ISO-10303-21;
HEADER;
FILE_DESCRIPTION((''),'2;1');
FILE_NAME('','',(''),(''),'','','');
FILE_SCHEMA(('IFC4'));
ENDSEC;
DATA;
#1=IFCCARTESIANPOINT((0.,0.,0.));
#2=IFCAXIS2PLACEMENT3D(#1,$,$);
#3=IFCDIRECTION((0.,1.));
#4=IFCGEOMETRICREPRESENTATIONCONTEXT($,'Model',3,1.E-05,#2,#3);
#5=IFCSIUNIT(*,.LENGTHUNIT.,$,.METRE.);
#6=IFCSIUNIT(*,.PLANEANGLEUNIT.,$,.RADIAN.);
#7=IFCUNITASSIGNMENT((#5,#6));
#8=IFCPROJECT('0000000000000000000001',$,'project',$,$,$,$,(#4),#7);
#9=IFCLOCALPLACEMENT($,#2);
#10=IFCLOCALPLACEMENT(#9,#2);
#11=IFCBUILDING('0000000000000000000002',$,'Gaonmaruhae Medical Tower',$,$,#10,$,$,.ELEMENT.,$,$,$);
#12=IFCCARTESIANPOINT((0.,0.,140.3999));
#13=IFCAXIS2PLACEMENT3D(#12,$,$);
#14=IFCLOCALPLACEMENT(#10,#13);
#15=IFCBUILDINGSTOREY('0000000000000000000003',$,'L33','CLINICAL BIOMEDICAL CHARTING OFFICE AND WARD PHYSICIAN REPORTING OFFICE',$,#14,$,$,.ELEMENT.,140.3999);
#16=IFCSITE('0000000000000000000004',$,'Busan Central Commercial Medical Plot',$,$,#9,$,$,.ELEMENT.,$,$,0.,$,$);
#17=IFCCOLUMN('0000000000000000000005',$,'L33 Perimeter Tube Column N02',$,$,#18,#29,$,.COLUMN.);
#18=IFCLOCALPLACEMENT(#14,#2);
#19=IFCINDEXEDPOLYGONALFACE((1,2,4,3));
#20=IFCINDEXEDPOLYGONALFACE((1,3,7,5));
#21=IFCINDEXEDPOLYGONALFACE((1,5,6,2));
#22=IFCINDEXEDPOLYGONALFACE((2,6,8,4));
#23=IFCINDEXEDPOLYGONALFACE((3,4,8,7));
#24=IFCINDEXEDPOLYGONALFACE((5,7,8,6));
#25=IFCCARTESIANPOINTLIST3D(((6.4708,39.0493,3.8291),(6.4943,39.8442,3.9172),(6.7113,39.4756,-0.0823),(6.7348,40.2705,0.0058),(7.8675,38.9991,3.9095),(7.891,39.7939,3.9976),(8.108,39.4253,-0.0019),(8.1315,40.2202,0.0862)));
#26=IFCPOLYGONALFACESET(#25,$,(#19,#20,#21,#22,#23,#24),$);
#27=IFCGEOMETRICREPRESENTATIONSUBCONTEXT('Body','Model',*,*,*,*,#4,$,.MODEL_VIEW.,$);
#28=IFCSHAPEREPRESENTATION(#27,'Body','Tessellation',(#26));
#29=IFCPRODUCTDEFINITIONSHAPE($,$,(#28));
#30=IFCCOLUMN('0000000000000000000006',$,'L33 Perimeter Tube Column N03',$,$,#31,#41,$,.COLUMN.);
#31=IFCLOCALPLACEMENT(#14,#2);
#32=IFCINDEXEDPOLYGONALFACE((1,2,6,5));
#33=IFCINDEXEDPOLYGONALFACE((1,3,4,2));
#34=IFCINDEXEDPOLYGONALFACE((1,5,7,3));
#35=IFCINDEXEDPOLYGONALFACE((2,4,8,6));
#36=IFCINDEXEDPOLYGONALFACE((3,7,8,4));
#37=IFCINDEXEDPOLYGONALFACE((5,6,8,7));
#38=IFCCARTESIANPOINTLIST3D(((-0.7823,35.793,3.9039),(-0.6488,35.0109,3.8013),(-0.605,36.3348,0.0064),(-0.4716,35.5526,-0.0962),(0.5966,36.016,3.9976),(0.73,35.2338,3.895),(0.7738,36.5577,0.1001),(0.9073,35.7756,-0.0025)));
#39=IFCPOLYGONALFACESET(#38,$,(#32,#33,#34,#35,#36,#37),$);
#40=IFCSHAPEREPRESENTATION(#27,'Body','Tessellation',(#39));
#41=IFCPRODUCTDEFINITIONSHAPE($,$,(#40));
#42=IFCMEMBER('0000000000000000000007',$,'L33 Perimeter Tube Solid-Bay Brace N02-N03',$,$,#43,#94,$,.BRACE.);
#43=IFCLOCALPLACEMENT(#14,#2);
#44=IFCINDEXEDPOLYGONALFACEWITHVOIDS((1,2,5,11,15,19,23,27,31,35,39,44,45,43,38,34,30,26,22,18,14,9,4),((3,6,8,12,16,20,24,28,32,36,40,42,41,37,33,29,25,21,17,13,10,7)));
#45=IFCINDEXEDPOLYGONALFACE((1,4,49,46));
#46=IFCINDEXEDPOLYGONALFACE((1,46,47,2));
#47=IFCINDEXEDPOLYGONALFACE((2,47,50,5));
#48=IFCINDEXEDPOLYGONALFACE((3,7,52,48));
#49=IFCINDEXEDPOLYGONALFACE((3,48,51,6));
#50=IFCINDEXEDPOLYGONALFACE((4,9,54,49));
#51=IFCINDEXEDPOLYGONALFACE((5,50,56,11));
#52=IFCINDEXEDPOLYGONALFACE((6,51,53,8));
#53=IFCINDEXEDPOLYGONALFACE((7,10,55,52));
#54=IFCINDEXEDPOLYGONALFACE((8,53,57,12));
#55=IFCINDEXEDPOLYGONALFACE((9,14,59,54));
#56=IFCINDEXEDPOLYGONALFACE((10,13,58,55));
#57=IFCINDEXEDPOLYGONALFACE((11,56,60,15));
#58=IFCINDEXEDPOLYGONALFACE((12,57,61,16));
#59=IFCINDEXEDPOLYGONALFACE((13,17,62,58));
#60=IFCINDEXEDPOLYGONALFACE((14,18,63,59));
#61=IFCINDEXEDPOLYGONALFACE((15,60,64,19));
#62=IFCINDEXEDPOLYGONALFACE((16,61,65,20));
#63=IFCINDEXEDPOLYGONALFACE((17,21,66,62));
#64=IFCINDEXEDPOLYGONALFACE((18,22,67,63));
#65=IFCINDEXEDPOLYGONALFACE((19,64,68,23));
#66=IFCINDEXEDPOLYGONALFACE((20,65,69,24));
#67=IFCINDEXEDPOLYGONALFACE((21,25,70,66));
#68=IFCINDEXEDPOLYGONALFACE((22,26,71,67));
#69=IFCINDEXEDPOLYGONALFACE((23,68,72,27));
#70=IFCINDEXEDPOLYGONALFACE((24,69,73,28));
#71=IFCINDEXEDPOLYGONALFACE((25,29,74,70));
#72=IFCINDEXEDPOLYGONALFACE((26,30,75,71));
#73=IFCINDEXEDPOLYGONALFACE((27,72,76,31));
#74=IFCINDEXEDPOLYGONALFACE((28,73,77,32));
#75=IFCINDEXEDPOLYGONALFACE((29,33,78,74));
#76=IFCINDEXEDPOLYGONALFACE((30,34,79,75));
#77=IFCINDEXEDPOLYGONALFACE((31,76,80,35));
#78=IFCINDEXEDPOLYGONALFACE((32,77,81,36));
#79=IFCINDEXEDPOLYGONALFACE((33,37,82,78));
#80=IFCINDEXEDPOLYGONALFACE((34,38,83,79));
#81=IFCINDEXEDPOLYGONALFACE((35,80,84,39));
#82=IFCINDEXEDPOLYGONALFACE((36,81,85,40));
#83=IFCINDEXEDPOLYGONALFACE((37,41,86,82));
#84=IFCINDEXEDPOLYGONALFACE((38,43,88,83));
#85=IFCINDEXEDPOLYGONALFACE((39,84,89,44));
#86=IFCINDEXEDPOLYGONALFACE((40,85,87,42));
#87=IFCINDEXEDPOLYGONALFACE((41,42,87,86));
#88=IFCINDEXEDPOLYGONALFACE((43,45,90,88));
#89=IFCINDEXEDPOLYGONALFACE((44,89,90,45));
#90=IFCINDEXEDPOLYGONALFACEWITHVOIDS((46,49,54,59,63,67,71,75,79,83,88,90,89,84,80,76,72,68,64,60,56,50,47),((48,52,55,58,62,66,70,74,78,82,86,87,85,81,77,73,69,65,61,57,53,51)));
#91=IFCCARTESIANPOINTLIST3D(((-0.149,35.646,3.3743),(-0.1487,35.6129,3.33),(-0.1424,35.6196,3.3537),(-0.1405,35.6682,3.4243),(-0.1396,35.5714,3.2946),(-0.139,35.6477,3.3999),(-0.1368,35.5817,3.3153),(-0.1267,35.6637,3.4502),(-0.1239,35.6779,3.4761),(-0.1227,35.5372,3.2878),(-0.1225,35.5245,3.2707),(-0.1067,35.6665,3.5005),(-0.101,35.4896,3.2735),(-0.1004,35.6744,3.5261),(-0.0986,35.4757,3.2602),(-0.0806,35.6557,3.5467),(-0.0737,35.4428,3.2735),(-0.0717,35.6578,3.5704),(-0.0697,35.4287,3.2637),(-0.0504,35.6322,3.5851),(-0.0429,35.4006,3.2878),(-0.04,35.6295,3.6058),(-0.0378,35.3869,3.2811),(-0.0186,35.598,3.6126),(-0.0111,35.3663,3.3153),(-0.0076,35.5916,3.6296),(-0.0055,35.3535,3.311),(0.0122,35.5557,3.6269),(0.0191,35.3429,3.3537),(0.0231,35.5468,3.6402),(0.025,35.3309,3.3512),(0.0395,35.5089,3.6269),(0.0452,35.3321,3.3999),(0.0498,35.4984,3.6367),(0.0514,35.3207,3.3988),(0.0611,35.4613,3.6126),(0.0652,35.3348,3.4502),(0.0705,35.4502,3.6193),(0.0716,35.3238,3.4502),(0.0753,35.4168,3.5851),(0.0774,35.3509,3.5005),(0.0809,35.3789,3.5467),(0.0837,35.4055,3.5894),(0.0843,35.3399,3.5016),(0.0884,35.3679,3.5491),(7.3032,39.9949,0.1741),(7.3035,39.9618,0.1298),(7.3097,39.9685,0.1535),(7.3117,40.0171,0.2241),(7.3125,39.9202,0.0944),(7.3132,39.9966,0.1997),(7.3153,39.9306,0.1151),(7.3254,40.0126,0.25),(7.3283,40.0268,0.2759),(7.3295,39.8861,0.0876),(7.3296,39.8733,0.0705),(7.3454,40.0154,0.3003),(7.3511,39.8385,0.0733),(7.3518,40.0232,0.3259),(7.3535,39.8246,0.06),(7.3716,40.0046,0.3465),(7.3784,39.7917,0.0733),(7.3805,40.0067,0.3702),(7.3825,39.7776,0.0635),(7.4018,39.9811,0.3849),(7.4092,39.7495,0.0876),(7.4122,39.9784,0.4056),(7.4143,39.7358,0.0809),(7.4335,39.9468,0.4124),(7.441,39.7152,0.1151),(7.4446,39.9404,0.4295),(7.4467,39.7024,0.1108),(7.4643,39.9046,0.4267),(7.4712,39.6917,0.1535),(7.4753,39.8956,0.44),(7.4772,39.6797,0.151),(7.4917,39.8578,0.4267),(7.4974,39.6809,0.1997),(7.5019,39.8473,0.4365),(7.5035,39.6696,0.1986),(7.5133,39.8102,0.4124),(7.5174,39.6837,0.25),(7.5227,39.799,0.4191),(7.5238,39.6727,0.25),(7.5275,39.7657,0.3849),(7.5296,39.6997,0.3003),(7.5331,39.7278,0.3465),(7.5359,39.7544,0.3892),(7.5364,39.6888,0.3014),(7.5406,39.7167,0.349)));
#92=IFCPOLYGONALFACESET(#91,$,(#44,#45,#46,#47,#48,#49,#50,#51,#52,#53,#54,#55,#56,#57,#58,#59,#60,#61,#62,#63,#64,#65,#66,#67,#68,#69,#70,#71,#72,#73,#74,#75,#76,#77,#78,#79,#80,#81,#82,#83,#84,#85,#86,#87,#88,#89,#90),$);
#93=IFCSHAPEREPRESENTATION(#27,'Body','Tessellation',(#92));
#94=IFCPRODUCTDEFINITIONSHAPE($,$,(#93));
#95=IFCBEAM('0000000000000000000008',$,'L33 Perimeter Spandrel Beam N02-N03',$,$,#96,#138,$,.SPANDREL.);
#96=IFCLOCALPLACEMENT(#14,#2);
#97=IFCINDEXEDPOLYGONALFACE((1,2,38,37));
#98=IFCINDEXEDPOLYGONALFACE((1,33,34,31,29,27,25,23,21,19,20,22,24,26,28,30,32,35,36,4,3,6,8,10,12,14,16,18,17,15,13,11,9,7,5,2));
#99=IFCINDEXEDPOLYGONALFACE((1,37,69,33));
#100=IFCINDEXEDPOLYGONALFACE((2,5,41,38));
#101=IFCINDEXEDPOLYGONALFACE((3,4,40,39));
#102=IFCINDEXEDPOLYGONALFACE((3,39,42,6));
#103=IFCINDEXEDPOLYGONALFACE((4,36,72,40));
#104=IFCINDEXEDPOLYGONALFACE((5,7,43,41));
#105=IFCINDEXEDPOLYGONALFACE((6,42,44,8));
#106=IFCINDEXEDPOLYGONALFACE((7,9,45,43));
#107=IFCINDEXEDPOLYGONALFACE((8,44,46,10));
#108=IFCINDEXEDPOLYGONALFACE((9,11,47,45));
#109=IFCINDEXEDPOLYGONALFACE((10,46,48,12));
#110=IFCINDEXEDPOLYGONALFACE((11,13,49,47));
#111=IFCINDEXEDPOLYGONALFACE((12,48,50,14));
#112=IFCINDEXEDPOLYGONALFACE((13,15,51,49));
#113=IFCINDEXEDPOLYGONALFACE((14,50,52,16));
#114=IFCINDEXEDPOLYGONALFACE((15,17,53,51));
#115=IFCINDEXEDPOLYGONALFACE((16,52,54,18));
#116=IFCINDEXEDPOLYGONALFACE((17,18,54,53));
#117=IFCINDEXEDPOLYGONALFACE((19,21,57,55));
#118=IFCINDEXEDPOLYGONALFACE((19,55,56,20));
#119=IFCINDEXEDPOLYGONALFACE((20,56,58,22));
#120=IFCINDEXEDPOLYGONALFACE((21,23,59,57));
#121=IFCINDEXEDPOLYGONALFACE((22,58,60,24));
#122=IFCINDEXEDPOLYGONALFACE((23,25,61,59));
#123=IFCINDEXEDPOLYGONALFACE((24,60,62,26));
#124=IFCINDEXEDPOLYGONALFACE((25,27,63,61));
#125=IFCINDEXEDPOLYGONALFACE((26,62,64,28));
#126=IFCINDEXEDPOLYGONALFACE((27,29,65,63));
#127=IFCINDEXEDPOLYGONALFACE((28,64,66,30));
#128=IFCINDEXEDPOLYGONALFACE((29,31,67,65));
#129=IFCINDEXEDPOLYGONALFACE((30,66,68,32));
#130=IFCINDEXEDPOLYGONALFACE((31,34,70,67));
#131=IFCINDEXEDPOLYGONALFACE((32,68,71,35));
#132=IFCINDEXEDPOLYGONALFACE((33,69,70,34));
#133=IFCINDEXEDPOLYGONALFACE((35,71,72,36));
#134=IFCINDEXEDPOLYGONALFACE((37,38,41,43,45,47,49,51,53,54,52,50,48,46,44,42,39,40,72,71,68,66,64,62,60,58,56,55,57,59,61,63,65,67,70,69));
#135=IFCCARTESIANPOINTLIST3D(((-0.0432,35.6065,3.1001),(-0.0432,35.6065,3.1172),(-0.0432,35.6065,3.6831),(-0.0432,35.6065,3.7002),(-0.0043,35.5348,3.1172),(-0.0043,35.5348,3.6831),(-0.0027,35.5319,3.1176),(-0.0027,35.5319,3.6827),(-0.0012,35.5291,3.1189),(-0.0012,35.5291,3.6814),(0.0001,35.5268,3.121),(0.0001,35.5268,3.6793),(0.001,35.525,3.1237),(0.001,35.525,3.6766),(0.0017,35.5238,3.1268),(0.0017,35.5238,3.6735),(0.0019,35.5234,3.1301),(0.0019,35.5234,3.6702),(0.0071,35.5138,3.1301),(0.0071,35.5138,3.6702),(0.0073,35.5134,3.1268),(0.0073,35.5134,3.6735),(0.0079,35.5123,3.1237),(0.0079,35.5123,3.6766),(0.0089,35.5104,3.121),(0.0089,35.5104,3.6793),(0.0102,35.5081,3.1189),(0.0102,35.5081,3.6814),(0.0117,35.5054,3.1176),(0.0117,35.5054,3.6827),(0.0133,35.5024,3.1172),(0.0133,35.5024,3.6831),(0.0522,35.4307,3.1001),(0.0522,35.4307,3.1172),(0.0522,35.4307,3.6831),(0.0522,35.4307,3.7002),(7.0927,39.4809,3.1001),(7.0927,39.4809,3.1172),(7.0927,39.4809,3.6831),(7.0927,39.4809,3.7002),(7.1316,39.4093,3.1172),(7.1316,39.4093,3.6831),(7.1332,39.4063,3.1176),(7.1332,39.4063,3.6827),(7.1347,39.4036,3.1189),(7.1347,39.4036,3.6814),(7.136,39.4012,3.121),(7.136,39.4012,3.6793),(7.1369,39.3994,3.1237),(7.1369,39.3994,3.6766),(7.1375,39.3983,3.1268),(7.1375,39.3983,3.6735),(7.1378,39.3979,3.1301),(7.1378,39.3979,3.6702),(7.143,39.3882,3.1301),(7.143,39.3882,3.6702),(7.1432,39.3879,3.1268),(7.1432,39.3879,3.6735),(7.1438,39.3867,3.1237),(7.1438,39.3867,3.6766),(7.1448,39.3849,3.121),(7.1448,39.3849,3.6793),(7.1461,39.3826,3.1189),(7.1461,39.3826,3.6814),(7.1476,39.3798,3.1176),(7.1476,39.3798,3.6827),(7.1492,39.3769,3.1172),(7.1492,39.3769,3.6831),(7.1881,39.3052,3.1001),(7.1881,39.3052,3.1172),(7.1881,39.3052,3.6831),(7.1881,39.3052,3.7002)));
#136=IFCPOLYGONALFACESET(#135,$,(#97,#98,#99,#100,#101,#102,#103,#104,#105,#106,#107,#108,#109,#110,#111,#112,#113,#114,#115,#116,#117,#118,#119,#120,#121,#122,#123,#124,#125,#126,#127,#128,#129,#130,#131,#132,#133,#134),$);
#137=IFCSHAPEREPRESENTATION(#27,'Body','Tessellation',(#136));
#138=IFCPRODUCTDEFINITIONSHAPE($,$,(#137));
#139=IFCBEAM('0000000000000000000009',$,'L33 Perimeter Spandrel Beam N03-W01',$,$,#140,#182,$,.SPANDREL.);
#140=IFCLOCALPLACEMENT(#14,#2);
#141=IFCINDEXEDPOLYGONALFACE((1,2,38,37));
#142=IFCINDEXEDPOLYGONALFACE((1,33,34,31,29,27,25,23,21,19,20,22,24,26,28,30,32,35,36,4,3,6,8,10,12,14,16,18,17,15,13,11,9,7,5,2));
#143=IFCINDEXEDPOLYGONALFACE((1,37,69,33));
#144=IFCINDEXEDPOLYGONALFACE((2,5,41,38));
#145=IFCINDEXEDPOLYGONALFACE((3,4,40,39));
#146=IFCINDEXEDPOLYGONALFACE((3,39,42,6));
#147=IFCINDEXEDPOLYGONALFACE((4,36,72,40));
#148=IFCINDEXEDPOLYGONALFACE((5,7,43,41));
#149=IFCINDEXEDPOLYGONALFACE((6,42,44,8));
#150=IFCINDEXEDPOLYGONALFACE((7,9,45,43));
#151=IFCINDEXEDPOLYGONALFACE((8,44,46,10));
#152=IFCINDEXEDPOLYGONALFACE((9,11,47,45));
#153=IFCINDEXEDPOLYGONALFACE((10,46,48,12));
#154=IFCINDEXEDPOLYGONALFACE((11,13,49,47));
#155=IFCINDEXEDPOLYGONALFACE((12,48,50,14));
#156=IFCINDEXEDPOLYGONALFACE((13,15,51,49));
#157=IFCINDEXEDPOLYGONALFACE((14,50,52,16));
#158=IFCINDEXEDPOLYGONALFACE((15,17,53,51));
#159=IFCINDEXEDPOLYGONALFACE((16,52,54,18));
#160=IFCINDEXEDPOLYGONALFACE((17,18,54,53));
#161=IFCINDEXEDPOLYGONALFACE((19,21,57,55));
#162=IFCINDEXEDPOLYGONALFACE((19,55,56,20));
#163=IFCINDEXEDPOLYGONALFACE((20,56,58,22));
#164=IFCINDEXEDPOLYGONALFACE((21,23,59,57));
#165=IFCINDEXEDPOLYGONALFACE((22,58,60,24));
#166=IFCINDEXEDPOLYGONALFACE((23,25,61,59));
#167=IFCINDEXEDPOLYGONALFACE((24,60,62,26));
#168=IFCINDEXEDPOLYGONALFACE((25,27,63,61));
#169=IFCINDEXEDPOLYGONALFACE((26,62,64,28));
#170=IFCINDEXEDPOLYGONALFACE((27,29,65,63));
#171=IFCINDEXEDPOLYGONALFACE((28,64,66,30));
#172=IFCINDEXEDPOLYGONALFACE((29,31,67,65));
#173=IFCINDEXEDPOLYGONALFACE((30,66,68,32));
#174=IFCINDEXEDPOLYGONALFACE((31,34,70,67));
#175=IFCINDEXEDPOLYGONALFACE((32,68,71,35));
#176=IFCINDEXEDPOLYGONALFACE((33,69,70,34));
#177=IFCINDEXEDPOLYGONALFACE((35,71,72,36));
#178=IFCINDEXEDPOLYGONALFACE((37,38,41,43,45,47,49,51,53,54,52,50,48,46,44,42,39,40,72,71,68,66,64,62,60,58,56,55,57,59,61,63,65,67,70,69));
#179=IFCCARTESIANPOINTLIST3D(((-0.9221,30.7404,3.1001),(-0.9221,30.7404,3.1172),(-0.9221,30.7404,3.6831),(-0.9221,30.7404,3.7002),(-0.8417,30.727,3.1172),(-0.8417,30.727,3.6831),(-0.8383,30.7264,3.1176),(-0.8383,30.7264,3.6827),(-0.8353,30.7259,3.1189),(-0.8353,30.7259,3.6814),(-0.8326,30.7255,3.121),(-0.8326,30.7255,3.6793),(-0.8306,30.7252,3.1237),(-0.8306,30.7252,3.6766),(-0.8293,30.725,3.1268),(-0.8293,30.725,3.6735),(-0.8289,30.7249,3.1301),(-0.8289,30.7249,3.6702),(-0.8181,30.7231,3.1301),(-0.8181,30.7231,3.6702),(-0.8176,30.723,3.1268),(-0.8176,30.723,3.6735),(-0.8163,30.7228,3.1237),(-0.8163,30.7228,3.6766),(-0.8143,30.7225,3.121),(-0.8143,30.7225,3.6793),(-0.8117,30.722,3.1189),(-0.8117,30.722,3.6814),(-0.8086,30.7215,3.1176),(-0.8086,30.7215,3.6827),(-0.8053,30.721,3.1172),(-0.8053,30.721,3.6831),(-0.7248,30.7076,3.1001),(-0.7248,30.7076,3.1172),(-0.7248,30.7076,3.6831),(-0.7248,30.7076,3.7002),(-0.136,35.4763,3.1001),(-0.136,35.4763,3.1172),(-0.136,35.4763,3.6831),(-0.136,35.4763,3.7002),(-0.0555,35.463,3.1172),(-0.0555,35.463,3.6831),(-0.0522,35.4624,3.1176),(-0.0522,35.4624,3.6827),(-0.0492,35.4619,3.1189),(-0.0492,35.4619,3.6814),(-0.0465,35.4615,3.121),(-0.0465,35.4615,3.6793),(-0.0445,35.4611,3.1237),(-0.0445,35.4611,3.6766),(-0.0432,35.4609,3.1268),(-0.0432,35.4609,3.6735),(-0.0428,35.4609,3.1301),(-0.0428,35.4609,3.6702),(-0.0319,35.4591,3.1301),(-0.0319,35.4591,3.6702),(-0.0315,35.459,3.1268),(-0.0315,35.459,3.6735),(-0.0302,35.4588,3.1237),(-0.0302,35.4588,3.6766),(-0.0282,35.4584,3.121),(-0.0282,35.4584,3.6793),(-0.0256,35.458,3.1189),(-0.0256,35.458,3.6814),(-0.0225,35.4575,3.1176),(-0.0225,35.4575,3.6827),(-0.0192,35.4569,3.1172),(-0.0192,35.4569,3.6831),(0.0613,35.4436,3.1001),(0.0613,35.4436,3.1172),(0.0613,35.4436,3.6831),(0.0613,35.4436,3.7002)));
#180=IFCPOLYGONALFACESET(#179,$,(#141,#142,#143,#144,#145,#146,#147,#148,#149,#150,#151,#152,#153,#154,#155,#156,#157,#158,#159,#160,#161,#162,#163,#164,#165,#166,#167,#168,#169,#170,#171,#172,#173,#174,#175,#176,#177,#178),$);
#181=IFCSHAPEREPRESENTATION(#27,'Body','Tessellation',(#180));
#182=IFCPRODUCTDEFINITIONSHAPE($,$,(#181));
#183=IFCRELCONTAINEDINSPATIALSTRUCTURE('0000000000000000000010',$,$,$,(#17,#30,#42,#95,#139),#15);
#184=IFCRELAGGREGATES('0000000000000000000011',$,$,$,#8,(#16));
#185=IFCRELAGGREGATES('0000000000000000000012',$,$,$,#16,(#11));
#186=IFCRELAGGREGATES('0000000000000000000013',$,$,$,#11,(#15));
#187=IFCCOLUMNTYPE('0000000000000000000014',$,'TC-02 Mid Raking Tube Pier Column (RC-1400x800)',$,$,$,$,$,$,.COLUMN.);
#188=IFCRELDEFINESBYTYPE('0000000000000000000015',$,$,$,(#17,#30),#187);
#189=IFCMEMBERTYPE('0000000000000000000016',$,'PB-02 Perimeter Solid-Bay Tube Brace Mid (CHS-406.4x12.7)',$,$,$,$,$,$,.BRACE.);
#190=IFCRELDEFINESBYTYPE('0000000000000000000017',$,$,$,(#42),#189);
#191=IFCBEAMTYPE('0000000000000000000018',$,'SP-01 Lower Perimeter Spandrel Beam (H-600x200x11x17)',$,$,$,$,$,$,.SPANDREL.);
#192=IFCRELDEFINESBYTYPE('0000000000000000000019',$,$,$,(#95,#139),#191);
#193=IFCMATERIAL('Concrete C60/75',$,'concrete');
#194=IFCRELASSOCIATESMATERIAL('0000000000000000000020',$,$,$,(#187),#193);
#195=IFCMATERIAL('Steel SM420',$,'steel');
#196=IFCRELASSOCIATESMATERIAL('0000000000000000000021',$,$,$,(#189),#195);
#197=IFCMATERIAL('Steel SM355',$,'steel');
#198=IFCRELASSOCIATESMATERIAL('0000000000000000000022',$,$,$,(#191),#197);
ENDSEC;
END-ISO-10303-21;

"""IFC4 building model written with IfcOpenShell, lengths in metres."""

from ifc_helpers import new_model, si_unit, direction, frame, origin, origin_2d, place, context, subcontext, project, spatial, rectangle, hollow_circle, i_section, extrude, material, material_profile, profile_set, type_object, element, save


model = new_model("IFC4")

# Units and contexts
model_context = context("Model", 3, precision=1e-05, world=origin(), true_north=direction((0.0, 1.0)))
body_context = subcontext(model_context, "Body", "Model", "MODEL_VIEW")
ifc_project = project(units=[si_unit("LENGTHUNIT", "METRE"), si_unit("PLANEANGLEUNIT", "RADIAN")], contexts=[model_context])

# Site, building, storey
site_placement = place(None, origin())
site = spatial("IfcSite", under=ifc_project, at=site_placement, Name="Busan Central Commercial Medical Plot", CompositionType="ELEMENT", RefElevation=0.0)
building_placement = place(site_placement, origin())
building = spatial("IfcBuilding", under=site, at=building_placement, Name="Gaonmaruhae Medical Tower", CompositionType="ELEMENT")
storey_placement = place(building_placement, frame((0.0, 0.0, 140.3999)))
storey = spatial("IfcBuildingStorey", under=building, at=storey_placement, Name="L33", Description="CLINICAL BIOMEDICAL CHARTING OFFICE AND WARD PHYSICIAN REPORTING OFFICE", CompositionType="ELEMENT", Elevation=140.3999)

# Columns
ifc_material_1 = material(Name="Concrete C60/75", Category="concrete")
ifc_material_profile_1 = material_profile(ifc_material_1, rectangle(XDim=1.3999, YDim=0.8, at=origin_2d()), Name="RC-1400x800")
ifc_profile_set_1 = profile_set([ifc_material_profile_1], Name="Concrete C60/75")
column_type = type_object("IfcColumnType", Name="TC-02 Mid Raking Tube Pier Column (RC-1400x800)", PredefinedType="COLUMN", material=ifc_profile_set_1)
column_1_placement = place(storey_placement, frame((7.4214, 39.8479, 0.002), z_axis=(-0.061006, -0.108139, 0.992262), x_axis=(0.997704, -0.035912, 0.057427)))
element("IfcColumn", 1, at=column_1_placement, inside=storey, type_object=column_type, Name="L33 Perimeter Tube Column N02", PredefinedType="COLUMN", context=body_context, shape_type="SweptSolid", body=[
    extrude(rectangle(XDim=1.3999, YDim=0.8, at=origin_2d()), origin(), (0.0, 0.0, 1.0), 3.9419),
])
column_2_placement = place(storey_placement, frame((0.1511, 36.0552, 0.002), z_axis=(-0.044999, -0.137537, 0.989474), x_axis=(0.984963, 0.159271, 0.066932)))
element("IfcColumn", 2, at=column_2_placement, inside=storey, type_object=column_type, Name="L33 Perimeter Tube Column N03", PredefinedType="COLUMN", context=body_context, shape_type="SweptSolid", body=[
    extrude(rectangle(XDim=1.3999, YDim=0.8, at=origin_2d()), origin(), (0.0, 0.0, 1.0), 3.939),
])

# Member
ifc_material_2 = material(Name="Steel SM420", Category="steel")
ifc_material_profile_2 = material_profile(ifc_material_2, hollow_circle(Radius=0.2031, WallThickness=0.0127, at=origin_2d()), Name="CHS-406.4x12.7")
ifc_profile_set_2 = profile_set([ifc_material_profile_2], Name="Steel SM420")
member_type = type_object("IfcMemberType", Name="PB-02 Perimeter Solid-Bay Tube Brace Mid (CHS-406.4x12.7)", PredefinedType="BRACE", material=ifc_profile_set_2)
member_placement = place(storey_placement, frame((7.4214, 39.8481, 0.25), z_axis=(-0.809784, -0.472569, 0.347748), x_axis=(0.504026, -0.863689, 0.0)))
element("IfcMember", 3, at=member_placement, inside=storey, type_object=member_type, Name="L33 Perimeter Tube Solid-Bay Brace N02-N03", PredefinedType="BRACE", context=body_context, shape_type="SweptSolid", body=[
    extrude(hollow_circle(Radius=0.2031, WallThickness=0.0127, at=origin_2d()), origin(), (0.0, 0.0, 1.0), 9.2026),
])

# Beams
ifc_material_3 = material(Name="Steel SM355", Category="steel")
ifc_material_profile_3 = material_profile(ifc_material_3, i_section(OverallWidth=0.2, OverallDepth=0.6001, WebThickness=0.011, FlangeThickness=0.0171, FilletRadius=0.0129, at=origin_2d()), Name="H-600x200x11x17")
ifc_profile_set_3 = profile_set([ifc_material_profile_3], Name="Steel SM355")
beam_type = type_object("IfcBeamType", Name="SP-01 Lower Perimeter Spandrel Beam (H-600x200x11x17)", PredefinedType="SPANDREL", material=ifc_profile_set_3)
beam_1_placement = place(storey_placement, frame((7.1404, 39.3931, 3.4001), z_axis=(-0.878818, -0.477158, 0.0), x_axis=(0.477158, -0.878818, 0.0)))
element("IfcBeam", 4, at=beam_1_placement, inside=storey, type_object=beam_type, Name="L33 Perimeter Spandrel Beam N02-N03", PredefinedType="SPANDREL", context=body_context, shape_type="SweptSolid", body=[
    extrude(i_section(OverallWidth=0.2, OverallDepth=0.6001, WebThickness=0.011, FlangeThickness=0.0171, FilletRadius=0.0129, at=origin_2d()), origin(), (0.0, 0.0, 1.0), 8.1199),
])
beam_2_placement = place(storey_placement, frame((-0.0374, 35.46, 3.4001), z_axis=(-0.163747, -0.986502, 0.0), x_axis=(0.986502, -0.163747, 0.0)))
element("IfcBeam", 5, at=beam_2_placement, inside=storey, type_object=beam_type, Name="L33 Perimeter Spandrel Beam N03-W01", PredefinedType="SPANDREL", context=body_context, shape_type="SweptSolid", body=[
    extrude(i_section(OverallWidth=0.2, OverallDepth=0.6001, WebThickness=0.011, FlangeThickness=0.0171, FilletRadius=0.0129, at=origin_2d()), origin(), (0.0, 0.0, 1.0), 4.8008),
])

save(model, "model.ifc")
